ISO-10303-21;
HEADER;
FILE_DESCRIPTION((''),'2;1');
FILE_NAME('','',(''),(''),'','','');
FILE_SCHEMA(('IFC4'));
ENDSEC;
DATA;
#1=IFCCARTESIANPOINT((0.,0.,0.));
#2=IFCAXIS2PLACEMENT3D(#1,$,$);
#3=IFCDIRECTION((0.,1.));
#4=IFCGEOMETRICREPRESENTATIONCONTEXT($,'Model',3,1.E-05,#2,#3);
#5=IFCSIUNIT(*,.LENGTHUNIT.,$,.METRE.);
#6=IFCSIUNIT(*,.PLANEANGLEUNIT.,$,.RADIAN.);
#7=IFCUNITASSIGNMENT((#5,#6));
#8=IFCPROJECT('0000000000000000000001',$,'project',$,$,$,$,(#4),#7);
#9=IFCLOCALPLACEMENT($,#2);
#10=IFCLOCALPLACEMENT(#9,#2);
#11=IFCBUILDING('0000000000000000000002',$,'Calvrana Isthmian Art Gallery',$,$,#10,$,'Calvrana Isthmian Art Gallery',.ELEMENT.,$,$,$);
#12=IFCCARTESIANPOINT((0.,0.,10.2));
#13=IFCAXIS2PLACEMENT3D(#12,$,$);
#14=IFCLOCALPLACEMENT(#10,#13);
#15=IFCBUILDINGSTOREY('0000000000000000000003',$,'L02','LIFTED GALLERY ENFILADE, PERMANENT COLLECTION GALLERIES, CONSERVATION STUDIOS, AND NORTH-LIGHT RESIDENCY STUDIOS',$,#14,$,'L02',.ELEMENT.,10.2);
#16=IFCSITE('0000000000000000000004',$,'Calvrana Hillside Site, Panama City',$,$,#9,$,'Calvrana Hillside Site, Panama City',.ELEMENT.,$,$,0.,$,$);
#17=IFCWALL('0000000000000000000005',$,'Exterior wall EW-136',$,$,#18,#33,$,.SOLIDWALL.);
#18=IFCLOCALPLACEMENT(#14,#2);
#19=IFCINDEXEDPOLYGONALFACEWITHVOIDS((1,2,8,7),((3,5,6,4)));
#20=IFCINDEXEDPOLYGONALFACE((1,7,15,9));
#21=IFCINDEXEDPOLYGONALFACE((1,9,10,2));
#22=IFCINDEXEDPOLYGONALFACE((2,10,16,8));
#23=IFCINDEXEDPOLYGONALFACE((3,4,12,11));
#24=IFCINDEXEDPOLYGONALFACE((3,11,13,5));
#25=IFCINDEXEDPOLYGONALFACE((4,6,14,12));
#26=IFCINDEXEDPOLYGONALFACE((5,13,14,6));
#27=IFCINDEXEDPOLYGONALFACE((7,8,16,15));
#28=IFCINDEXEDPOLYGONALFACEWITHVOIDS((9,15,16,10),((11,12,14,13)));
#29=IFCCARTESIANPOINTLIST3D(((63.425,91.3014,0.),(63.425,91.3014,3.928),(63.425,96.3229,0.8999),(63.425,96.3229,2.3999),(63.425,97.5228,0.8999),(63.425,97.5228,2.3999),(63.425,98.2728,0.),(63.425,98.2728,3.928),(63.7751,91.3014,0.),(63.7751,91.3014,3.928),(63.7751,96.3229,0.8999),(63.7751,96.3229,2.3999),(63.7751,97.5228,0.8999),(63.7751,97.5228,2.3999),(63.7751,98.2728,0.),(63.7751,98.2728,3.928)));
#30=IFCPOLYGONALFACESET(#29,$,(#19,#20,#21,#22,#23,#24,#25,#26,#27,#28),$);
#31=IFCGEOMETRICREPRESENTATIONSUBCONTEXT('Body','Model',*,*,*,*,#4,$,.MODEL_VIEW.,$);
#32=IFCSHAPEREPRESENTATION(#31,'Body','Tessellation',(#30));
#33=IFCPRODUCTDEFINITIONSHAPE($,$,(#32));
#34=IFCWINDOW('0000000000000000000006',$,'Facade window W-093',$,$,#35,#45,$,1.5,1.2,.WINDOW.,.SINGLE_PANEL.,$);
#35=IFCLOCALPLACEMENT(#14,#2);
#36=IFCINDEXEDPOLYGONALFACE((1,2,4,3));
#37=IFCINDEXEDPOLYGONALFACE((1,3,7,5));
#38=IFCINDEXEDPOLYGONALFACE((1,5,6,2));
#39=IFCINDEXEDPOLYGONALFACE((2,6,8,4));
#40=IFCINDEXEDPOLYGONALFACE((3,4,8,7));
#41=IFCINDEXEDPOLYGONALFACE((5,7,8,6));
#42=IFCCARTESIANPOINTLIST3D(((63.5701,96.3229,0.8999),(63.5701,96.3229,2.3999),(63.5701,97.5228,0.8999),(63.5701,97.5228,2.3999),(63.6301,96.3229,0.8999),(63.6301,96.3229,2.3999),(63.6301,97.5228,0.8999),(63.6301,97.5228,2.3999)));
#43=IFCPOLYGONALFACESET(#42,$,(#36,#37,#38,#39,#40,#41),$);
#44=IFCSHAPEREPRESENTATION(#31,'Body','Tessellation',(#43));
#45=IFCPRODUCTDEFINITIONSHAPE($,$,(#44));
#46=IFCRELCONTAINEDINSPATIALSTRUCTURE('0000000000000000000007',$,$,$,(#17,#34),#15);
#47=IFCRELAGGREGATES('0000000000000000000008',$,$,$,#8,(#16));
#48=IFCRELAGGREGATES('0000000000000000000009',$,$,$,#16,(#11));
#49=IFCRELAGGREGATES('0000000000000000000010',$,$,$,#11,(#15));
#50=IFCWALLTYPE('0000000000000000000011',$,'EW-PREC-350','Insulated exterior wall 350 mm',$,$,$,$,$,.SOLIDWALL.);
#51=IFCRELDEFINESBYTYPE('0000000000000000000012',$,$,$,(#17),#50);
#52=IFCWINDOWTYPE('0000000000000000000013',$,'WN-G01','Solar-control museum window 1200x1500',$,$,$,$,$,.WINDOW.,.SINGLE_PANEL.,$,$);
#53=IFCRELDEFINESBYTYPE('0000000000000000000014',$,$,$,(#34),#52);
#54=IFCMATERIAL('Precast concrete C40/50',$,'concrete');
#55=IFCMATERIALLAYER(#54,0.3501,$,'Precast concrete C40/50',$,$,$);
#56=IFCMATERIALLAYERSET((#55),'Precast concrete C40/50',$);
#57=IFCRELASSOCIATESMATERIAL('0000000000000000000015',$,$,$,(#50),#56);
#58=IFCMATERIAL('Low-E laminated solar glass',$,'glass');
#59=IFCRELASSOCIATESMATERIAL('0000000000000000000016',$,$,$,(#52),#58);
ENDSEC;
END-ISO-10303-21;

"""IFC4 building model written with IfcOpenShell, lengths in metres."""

from ifc_helpers import new_model, si_unit, direction, frame, frame_2d, origin, place, context, subcontext, project, spatial, rectangle, extrude, material, layer, layer_set, type_object, element, fill, save


model = new_model("IFC4")

# Units and contexts
model_context = context("Model", 3, precision=1e-05, world=origin(), true_north=direction((0.0, 1.0)))
body_context = subcontext(model_context, "Body", "Model", "MODEL_VIEW")
ifc_project = project(units=[si_unit("LENGTHUNIT", "METRE"), si_unit("PLANEANGLEUNIT", "RADIAN")], contexts=[model_context])

# Site, building, storey
site_placement = place(None, origin())
site = spatial("IfcSite", under=ifc_project, at=site_placement, Name="Calvrana Hillside Site, Panama City", LongName="Calvrana Hillside Site, Panama City", CompositionType="ELEMENT", RefElevation=0.0)
building_placement = place(site_placement, origin())
building = spatial("IfcBuilding", under=site, at=building_placement, Name="Calvrana Isthmian Art Gallery", LongName="Calvrana Isthmian Art Gallery", CompositionType="ELEMENT")
storey_placement = place(building_placement, frame((0.0, 0.0, 10.2)))
storey = spatial("IfcBuildingStorey", under=building, at=storey_placement, Name="L02", Description="LIFTED GALLERY ENFILADE, PERMANENT COLLECTION GALLERIES, CONSERVATION STUDIOS, AND NORTH-LIGHT RESIDENCY STUDIOS", LongName="L02", CompositionType="ELEMENT", Elevation=10.2)

# Shared definitions
ifc_material_1 = material(Name="Low-E laminated solar glass", Category="glass")

# Wall, opening, window
ifc_material_2 = material(Name="Precast concrete C40/50", Category="concrete")
ifc_layer_1 = layer(ifc_material_2, 0.3501, Name="Precast concrete C40/50")
ifc_layer_set_1 = layer_set([ifc_layer_1], Name="Precast concrete C40/50")
wall_type = type_object("IfcWallType", Name="EW-PREC-350", Description="Insulated exterior wall 350 mm", PredefinedType="SOLIDWALL", material=ifc_layer_set_1)
wall_placement = place(storey_placement, frame((63.6001, 98.2729, 0.0), z_axis=(0.0, 0.0, 1.0), x_axis=(0.0, -1.0, 0.0)))
wall = element("IfcWall", 1, at=wall_placement, inside=storey, type_object=wall_type, Name="Exterior wall EW-136", PredefinedType="SOLIDWALL", context=body_context, shape_type="SweptSolid", body=[
    extrude(rectangle(XDim=6.9714, YDim=0.3501, at=frame_2d((3.4858, 0.0))), origin(), (0.0, 0.0, 1.0), 3.928),
])
opening_placement = place(wall_placement, frame((0.75, 0.0, 0.8999)))
opening = element("IfcOpeningElement", 2, at=opening_placement, cuts=wall, PredefinedType="OPENING", context=body_context, shape_type="SweptSolid", body=[
    extrude(rectangle(XDim=1.2, YDim=1.5, at=frame_2d((0.6001, 0.75))), frame((0.0, 0.1853, 0.0), z_axis=(0.0, -1.0, 0.0), x_axis=(1.0, 0.0, 0.0)), (0.0, 0.0, 1.0), 0.3706),
])
window_type = type_object("IfcWindowType", Name="WN-G01", Description="Solar-control museum window 1200x1500", PartitioningType="SINGLE_PANEL", PredefinedType="WINDOW", material=ifc_material_1)
window_placement = place(opening_placement, origin())
window = element("IfcWindow", 3, at=window_placement, inside=storey, type_object=window_type, Name="Facade window W-093", OverallHeight=1.5, OverallWidth=1.2, PartitioningType="SINGLE_PANEL", PredefinedType="WINDOW", context=body_context, shape_type="SweptSolid", body=[
    extrude(rectangle(XDim=1.2, YDim=1.5, at=frame_2d((0.6001, 0.75))), frame((0.0, 0.03, 0.0), z_axis=(0.0, -1.0, 0.0), x_axis=(1.0, 0.0, 0.0)), (0.0, 0.0, 1.0), 0.0601),
])
fill(opening, window)

save(model, "model.ifc")
